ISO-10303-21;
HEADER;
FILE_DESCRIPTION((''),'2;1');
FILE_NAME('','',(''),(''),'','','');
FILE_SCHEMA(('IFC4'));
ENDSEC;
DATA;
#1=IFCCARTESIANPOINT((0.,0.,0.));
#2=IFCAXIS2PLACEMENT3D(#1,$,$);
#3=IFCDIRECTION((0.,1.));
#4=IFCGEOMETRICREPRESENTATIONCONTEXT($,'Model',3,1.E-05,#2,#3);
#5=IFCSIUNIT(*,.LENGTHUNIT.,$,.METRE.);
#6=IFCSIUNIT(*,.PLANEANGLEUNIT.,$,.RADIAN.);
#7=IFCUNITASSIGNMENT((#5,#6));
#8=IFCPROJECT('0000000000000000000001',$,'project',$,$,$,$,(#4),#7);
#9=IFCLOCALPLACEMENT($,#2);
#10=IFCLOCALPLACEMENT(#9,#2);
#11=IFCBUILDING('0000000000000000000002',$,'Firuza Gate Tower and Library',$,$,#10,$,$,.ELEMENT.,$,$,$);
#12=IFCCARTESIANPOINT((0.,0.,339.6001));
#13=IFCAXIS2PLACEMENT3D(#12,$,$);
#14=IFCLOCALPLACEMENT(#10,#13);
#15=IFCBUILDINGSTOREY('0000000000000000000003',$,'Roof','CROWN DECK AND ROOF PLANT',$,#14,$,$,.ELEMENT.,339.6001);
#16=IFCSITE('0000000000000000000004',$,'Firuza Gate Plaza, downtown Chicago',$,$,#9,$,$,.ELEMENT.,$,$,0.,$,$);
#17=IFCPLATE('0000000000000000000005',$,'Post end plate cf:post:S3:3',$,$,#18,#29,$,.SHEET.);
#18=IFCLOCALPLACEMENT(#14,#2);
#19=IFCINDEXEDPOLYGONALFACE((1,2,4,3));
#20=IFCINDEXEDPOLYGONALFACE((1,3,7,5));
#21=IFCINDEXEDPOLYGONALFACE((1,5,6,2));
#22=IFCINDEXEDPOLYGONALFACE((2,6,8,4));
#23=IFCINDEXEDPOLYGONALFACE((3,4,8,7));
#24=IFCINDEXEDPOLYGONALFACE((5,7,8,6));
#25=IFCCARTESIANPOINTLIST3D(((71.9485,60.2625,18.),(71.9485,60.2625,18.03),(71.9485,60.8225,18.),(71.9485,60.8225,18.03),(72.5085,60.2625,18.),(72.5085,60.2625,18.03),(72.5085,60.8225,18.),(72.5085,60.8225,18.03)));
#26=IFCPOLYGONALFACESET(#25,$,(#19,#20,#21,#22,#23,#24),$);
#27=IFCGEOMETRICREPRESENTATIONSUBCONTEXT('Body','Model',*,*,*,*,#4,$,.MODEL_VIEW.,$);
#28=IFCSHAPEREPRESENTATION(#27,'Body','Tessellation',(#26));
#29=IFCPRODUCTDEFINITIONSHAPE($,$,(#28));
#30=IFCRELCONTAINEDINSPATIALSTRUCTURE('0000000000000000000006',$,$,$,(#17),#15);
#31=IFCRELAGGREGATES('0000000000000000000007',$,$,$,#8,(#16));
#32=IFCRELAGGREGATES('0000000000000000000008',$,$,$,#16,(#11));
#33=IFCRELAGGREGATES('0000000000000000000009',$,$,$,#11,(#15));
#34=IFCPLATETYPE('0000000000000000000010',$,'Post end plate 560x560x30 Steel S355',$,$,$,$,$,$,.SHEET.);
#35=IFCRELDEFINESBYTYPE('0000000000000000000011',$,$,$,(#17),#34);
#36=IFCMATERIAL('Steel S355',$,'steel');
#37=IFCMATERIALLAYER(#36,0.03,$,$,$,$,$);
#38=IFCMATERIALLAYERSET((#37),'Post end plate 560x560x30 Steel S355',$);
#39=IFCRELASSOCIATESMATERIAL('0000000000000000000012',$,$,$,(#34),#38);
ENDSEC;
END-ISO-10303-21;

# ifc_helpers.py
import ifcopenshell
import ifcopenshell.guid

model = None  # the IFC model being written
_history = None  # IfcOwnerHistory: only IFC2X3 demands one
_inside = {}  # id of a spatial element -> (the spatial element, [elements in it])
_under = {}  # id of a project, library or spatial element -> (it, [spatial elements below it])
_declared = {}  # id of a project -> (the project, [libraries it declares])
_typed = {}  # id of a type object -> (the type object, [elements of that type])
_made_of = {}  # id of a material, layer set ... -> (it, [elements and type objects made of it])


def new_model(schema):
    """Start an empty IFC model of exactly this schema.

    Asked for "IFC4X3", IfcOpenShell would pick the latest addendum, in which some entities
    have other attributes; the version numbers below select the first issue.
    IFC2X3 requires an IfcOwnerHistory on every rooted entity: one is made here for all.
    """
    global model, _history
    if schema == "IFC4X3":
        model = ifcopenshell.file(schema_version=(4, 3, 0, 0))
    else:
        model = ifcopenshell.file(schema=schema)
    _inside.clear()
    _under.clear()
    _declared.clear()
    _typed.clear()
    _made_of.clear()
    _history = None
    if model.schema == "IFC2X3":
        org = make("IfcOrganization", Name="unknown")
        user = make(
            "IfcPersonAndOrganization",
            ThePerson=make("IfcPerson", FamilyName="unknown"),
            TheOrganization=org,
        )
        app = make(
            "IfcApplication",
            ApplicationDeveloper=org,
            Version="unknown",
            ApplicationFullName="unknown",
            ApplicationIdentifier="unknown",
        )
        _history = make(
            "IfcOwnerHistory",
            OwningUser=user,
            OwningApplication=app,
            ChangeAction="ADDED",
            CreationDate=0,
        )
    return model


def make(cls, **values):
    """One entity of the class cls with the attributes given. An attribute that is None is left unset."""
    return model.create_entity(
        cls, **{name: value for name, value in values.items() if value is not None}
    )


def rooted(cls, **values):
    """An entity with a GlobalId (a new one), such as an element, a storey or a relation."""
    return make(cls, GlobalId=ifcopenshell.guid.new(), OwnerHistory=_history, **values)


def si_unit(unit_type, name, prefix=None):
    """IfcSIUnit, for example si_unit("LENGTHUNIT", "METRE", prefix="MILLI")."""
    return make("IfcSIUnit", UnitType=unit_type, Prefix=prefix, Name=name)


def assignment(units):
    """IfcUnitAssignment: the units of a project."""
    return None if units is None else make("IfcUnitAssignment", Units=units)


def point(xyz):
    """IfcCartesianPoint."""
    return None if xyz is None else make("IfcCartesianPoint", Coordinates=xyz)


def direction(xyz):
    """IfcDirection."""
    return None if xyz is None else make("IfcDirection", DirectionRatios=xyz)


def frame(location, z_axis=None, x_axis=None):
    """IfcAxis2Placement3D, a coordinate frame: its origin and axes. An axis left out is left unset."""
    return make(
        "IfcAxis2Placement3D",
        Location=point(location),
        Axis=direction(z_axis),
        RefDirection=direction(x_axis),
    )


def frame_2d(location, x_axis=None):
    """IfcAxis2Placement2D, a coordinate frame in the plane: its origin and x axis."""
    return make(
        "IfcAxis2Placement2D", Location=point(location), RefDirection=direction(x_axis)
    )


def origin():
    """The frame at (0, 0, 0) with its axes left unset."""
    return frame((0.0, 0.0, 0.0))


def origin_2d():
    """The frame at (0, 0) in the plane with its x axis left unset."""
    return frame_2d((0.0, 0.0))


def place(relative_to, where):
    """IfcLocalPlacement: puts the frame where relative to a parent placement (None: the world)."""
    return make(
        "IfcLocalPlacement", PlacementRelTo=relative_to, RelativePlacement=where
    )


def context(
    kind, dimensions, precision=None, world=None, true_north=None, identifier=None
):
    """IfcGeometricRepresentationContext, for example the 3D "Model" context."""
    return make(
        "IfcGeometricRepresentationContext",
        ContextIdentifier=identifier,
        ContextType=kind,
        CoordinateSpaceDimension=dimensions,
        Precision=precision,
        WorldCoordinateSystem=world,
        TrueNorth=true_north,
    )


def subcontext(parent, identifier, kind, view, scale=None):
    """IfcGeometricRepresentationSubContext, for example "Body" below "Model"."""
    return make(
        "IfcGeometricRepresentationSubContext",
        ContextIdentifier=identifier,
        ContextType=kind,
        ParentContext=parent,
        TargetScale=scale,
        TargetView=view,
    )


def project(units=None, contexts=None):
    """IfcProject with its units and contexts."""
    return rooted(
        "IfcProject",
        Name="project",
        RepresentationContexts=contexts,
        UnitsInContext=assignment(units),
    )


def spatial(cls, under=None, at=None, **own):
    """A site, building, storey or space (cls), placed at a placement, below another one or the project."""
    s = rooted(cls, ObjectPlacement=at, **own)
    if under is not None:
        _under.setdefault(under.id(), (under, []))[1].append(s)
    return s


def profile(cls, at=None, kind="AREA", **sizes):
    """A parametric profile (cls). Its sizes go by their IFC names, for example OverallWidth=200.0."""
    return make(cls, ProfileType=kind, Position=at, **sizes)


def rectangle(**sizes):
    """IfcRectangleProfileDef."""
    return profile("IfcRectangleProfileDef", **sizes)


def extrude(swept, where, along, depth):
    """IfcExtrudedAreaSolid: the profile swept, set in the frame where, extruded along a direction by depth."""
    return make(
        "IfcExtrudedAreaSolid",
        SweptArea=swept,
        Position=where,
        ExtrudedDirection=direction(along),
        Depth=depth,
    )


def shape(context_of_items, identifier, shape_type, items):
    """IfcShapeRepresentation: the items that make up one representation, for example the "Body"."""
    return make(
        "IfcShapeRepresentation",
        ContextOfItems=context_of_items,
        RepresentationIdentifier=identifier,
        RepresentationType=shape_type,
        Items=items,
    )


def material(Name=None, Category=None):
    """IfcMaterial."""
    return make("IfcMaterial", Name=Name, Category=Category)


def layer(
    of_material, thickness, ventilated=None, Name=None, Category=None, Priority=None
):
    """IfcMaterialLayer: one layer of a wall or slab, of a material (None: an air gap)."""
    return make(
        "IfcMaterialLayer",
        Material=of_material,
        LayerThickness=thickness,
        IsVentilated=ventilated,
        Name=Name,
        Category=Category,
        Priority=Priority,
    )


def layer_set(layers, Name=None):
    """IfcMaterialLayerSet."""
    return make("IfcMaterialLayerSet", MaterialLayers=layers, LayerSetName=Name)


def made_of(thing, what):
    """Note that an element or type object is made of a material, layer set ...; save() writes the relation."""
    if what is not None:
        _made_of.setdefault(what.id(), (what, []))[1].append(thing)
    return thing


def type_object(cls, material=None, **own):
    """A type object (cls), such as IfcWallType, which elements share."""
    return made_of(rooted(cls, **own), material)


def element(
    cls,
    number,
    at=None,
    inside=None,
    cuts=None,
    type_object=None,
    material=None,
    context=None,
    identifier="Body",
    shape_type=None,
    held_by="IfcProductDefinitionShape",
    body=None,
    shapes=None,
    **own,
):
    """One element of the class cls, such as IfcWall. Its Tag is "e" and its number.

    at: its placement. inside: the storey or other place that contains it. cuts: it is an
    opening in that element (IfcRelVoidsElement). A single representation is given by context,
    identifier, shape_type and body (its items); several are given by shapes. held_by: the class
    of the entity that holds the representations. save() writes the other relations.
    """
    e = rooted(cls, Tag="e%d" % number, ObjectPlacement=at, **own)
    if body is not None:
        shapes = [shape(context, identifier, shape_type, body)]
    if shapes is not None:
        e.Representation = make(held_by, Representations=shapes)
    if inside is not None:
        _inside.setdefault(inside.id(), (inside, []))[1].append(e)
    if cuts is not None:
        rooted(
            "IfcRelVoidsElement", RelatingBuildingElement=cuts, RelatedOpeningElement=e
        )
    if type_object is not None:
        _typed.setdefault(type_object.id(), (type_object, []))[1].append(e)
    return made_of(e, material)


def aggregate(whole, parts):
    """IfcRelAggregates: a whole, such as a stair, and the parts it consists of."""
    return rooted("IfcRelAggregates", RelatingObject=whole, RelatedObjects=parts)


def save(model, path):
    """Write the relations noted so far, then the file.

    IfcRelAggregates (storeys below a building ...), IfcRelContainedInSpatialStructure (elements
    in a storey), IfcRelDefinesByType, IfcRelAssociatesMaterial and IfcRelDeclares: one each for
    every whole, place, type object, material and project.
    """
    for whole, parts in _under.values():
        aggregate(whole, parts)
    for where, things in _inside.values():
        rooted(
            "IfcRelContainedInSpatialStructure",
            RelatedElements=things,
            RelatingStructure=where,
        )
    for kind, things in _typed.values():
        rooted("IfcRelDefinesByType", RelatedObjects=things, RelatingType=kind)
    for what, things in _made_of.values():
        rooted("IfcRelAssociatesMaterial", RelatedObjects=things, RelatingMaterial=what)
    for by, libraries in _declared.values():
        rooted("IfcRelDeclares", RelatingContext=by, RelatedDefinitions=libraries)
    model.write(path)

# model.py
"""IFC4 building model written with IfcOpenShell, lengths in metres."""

from ifc_helpers import new_model, si_unit, direction, frame, origin, origin_2d, place, context, subcontext, project, spatial, rectangle, extrude, material, layer, layer_set, type_object, element, save


model = new_model("IFC4")

# Units and contexts
model_context = context("Model", 3, precision=1e-05, world=origin(), true_north=direction((0.0, 1.0)))
body_context = subcontext(model_context, "Body", "Model", "MODEL_VIEW")
ifc_project = project(units=[si_unit("LENGTHUNIT", "METRE"), si_unit("PLANEANGLEUNIT", "RADIAN")], contexts=[model_context])

# Site, building, storey
site_placement = place(None, origin())
site = spatial("IfcSite", under=ifc_project, at=site_placement, Name="Firuza Gate Plaza, downtown Chicago", CompositionType="ELEMENT", RefElevation=0.0)
building_placement = place(site_placement, origin())
building = spatial("IfcBuilding", under=site, at=building_placement, Name="Firuza Gate Tower and Library", CompositionType="ELEMENT")
storey_placement = place(building_placement, frame((0.0, 0.0, 339.6001)))
storey = spatial("IfcBuildingStorey", under=building, at=storey_placement, Name="Roof", Description="CROWN DECK AND ROOF PLANT", CompositionType="ELEMENT", Elevation=339.6001)

# Plate
ifc_material_1 = material(Name="Steel S355", Category="steel")
ifc_layer_1 = layer(ifc_material_1, 0.03)
ifc_layer_set_1 = layer_set([ifc_layer_1], Name="Post end plate 560x560x30 Steel S355")
plate_type_1 = type_object("IfcPlateType", Name="Post end plate 560x560x30 Steel S355", PredefinedType="SHEET", material=ifc_layer_set_1)
for number, where, z_axis, x_axis, name in (
    (1, (72.2285, 60.5425, 18.0), (0.0, 0.0, 1.0), (1.0, 0.0, 0.0), "Post end plate cf:post:S3:3"),
):
    element("IfcPlate", number, at=place(storey_placement, frame(where, z_axis=z_axis, x_axis=x_axis)), inside=storey, type_object=plate_type_1, Name=name, PredefinedType="SHEET", context=body_context, shape_type="SweptSolid", body=[
        extrude(rectangle(XDim=0.5601, YDim=0.5601, at=origin_2d()), origin(), (0.0, 0.0, 1.0), 0.03),
    ])

save(model, "model.ifc")
